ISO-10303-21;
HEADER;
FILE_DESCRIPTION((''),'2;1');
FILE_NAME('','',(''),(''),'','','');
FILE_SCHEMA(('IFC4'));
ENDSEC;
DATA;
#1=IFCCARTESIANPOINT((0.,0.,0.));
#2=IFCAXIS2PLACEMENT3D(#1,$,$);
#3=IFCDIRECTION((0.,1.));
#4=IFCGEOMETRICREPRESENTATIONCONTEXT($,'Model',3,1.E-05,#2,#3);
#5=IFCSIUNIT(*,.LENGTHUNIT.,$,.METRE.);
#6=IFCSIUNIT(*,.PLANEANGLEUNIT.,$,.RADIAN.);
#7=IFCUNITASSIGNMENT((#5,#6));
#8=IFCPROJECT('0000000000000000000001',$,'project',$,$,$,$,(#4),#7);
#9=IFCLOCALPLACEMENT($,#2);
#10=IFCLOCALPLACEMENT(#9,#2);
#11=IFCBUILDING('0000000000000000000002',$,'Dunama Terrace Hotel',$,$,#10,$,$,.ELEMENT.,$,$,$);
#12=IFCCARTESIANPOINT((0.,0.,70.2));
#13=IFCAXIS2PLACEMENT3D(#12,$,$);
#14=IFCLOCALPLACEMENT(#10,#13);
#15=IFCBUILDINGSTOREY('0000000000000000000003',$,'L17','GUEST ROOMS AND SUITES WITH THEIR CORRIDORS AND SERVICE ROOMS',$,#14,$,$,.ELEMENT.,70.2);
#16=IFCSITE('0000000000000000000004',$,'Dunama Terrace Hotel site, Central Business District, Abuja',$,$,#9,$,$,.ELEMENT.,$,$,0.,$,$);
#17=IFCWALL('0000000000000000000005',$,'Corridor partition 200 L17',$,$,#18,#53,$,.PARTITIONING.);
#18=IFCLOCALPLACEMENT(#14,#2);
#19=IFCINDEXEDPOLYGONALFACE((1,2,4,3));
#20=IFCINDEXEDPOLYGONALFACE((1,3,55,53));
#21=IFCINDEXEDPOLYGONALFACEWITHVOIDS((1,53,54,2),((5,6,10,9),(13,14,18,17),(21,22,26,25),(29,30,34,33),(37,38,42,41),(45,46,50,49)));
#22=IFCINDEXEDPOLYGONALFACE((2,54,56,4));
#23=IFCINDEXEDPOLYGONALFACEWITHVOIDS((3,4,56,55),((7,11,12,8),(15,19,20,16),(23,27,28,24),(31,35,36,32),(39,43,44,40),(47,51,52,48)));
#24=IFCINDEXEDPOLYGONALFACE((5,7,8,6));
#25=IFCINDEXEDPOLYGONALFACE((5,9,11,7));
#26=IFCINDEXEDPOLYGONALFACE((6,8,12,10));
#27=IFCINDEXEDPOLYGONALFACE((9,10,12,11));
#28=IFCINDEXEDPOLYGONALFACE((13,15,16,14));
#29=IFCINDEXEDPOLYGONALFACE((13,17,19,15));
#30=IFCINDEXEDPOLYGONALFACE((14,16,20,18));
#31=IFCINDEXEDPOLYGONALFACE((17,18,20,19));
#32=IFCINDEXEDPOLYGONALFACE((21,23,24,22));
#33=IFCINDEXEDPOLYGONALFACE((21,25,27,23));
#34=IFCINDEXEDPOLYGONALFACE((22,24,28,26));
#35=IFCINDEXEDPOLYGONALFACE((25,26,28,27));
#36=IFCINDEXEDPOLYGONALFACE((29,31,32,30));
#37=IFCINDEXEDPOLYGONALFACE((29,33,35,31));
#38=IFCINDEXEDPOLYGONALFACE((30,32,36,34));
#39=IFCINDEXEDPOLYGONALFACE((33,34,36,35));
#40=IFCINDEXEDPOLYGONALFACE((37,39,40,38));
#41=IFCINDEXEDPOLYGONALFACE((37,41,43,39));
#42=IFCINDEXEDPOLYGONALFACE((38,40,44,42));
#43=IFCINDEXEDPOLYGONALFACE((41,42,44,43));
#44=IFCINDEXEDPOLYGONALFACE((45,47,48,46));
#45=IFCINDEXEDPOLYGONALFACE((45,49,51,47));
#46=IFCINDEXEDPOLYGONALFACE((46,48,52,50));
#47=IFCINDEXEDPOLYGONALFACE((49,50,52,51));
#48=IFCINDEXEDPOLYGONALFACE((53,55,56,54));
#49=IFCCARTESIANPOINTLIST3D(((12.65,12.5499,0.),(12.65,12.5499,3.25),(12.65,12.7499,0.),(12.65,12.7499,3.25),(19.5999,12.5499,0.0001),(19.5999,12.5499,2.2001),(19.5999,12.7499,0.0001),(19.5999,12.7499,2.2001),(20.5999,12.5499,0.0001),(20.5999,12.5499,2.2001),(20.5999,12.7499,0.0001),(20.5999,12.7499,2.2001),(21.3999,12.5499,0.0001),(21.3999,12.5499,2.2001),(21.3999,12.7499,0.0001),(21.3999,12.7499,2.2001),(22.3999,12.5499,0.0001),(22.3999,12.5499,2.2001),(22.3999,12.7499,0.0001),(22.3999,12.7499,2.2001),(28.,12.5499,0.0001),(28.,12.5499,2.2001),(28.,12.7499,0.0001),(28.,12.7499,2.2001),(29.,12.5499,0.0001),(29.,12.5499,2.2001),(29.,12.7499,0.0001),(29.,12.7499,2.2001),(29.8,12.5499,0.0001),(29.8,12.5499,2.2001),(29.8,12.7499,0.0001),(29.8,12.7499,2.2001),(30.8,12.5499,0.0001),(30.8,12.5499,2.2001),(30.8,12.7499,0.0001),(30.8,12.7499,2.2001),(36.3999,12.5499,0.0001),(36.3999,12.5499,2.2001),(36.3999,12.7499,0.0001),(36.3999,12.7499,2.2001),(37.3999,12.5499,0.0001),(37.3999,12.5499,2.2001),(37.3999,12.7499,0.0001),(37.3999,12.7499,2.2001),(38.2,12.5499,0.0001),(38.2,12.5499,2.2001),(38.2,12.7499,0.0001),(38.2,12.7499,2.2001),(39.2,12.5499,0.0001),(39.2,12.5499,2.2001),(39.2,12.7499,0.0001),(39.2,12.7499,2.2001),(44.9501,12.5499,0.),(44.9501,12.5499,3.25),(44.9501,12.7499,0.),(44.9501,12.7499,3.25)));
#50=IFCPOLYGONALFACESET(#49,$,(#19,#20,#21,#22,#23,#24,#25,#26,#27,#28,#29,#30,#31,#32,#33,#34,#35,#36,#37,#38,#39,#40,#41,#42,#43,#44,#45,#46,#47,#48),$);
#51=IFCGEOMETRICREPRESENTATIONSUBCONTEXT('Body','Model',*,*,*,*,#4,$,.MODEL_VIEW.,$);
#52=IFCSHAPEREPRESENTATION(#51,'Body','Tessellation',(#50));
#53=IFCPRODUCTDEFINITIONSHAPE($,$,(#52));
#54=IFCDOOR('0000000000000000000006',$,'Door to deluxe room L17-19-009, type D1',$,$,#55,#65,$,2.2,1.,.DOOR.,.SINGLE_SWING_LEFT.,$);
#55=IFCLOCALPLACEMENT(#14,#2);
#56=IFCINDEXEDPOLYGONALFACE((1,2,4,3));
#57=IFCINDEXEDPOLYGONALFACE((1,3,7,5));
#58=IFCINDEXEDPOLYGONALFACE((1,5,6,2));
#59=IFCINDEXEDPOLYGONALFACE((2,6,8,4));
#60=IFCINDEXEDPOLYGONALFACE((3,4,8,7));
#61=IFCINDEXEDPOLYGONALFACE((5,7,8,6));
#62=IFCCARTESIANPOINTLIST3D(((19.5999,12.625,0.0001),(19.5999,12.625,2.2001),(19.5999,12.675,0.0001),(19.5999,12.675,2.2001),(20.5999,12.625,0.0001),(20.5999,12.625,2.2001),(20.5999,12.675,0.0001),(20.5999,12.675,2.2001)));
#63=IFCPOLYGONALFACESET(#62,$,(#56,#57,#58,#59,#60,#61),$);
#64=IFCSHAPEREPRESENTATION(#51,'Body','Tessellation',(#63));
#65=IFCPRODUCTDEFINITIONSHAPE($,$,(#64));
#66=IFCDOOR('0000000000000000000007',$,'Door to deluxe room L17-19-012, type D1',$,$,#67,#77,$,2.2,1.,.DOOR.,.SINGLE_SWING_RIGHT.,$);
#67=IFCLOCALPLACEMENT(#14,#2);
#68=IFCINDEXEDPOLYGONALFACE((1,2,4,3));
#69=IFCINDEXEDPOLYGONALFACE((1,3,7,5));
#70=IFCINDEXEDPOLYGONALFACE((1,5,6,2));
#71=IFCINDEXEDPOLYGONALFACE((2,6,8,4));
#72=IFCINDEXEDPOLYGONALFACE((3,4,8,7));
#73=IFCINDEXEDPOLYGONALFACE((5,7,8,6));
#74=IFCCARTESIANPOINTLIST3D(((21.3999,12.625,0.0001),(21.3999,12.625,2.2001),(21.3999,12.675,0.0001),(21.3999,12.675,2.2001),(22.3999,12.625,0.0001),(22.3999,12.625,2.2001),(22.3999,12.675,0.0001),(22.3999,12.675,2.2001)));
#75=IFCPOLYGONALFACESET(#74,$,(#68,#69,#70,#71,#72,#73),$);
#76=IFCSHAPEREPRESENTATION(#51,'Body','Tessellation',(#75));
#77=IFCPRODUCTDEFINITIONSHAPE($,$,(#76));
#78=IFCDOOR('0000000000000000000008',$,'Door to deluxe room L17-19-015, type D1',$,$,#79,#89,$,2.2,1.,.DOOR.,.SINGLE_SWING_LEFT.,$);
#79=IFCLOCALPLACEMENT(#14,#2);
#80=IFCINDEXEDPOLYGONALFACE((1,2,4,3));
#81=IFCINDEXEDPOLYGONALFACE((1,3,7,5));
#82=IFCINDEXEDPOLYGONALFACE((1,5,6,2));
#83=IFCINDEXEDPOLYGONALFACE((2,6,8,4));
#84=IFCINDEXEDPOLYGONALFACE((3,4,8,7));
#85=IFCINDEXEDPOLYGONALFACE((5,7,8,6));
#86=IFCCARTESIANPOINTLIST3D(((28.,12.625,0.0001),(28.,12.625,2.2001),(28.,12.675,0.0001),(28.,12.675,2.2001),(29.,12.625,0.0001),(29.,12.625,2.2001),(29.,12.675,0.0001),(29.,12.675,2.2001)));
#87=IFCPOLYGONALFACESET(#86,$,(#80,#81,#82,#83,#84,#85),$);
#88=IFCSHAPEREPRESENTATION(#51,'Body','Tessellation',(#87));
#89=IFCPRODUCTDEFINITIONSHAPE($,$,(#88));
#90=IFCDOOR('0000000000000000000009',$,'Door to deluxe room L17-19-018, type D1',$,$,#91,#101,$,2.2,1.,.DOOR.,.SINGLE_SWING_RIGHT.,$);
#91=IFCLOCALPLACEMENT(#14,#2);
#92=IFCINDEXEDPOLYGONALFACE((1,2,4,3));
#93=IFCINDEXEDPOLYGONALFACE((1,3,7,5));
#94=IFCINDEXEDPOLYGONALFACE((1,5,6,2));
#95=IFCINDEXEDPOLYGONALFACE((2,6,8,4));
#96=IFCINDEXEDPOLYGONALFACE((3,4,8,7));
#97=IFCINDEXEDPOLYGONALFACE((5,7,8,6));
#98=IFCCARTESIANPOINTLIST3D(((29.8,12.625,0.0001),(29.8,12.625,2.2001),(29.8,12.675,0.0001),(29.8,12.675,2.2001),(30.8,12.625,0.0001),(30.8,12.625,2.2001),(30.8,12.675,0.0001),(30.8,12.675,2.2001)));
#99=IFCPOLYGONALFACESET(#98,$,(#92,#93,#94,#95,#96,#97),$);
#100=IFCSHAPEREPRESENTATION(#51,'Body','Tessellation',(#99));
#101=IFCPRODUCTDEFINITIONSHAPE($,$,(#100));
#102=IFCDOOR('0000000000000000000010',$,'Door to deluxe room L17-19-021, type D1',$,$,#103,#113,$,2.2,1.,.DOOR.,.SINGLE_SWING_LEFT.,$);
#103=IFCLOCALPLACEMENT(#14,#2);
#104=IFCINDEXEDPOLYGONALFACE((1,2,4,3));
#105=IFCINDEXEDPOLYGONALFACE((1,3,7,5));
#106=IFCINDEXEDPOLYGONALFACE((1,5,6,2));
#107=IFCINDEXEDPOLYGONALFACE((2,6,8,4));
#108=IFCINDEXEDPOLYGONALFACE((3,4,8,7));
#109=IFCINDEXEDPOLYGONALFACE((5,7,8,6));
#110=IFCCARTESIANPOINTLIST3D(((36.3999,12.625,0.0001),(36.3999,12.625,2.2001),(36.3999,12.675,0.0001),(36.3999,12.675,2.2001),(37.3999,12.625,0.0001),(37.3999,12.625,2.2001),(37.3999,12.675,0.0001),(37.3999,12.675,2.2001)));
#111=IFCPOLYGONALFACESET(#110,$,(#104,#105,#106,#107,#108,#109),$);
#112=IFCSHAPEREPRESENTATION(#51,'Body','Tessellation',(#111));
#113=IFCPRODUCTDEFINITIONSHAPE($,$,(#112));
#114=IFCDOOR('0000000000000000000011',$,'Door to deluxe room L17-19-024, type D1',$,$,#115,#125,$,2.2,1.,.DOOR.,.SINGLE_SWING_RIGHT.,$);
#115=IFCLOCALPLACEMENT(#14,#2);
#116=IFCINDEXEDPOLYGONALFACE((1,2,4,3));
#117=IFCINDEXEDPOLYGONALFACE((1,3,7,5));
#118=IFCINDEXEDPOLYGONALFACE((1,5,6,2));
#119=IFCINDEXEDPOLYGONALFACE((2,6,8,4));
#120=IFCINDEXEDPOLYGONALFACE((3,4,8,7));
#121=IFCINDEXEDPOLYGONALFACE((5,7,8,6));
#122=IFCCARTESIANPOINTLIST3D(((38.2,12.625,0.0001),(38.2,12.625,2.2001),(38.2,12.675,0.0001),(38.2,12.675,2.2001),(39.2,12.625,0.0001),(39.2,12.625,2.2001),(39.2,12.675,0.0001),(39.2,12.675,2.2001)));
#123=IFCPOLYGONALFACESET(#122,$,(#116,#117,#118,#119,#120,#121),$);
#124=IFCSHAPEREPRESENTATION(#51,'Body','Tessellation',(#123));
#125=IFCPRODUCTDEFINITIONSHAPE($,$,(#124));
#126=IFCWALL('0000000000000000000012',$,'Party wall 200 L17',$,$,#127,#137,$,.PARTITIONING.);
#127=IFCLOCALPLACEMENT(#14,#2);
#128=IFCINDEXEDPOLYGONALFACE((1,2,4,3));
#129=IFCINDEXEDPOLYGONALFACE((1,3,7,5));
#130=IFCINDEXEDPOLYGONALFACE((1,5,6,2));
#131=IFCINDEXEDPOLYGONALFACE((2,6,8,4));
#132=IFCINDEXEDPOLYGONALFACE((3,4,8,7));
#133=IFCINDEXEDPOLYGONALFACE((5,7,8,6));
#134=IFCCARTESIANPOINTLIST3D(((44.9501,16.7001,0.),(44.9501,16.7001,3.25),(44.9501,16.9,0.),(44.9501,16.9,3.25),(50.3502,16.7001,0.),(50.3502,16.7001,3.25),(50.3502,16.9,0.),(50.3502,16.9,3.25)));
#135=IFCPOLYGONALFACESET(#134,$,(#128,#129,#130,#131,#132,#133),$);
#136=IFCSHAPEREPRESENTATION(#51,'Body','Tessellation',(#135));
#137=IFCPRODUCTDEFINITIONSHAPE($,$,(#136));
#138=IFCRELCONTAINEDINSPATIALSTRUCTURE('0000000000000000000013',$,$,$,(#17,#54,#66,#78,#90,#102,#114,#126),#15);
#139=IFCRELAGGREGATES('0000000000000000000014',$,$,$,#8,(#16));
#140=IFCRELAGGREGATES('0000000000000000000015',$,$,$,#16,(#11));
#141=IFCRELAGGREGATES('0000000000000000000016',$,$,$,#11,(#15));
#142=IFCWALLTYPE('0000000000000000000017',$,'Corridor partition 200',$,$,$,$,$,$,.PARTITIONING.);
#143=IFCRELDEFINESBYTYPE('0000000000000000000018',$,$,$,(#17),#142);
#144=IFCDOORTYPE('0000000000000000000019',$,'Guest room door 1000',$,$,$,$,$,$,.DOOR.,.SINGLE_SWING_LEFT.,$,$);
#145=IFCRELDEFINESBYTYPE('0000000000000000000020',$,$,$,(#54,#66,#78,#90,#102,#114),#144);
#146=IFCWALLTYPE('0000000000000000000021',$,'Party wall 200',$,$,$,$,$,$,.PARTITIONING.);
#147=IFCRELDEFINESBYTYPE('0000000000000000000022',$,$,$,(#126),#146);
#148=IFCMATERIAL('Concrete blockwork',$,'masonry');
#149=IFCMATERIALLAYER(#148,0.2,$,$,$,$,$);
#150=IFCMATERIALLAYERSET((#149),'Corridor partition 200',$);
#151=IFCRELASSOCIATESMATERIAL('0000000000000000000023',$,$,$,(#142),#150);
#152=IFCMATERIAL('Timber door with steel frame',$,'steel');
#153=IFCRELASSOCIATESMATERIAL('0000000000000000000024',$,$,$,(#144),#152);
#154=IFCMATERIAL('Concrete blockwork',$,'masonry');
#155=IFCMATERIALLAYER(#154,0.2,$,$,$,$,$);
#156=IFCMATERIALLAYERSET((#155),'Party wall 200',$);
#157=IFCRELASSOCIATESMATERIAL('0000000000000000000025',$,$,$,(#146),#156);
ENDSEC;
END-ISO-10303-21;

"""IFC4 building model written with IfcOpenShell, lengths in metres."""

from ifc_helpers import new_model, si_unit, direction, frame, frame_2d, origin, place, context, subcontext, project, spatial, rectangle, extrude, material, layer, layer_set, type_object, element, fill, save


model = new_model("IFC4")

# Units and contexts
model_context = context("Model", 3, precision=1e-05, world=origin(), true_north=direction((0.0, 1.0)))
body_context = subcontext(model_context, "Body", "Model", "MODEL_VIEW")
ifc_project = project(units=[si_unit("LENGTHUNIT", "METRE"), si_unit("PLANEANGLEUNIT", "RADIAN")], contexts=[model_context])

# Site, building, storey
site_placement = place(None, origin())
site = spatial("IfcSite", under=ifc_project, at=site_placement, Name="Dunama Terrace Hotel site, Central Business District, Abuja", CompositionType="ELEMENT", RefElevation=0.0)
building_placement = place(site_placement, origin())
building = spatial("IfcBuilding", under=site, at=building_placement, Name="Dunama Terrace Hotel", CompositionType="ELEMENT")
storey_placement = place(building_placement, frame((0.0, 0.0, 70.2)))
storey = spatial("IfcBuildingStorey", under=building, at=storey_placement, Name="L17", Description="GUEST ROOMS AND SUITES WITH THEIR CORRIDORS AND SERVICE ROOMS", CompositionType="ELEMENT", Elevation=70.2)

# Wall, openings, doors
ifc_material_1 = material(Name="Concrete blockwork", Category="masonry")
ifc_layer_1 = layer(ifc_material_1, 0.2)
ifc_layer_set_1 = layer_set([ifc_layer_1], Name="Corridor partition 200")
wall_type_1 = type_object("IfcWallType", Name="Corridor partition 200", PredefinedType="PARTITIONING", material=ifc_layer_set_1)
wall_1_placement = place(storey_placement, frame((44.95, 12.6499, 0.0), z_axis=(0.0, 0.0, 1.0), x_axis=(-1.0, 0.0, 0.0)))
wall_1 = element("IfcWall", 1, at=wall_1_placement, inside=storey, type_object=wall_type_1, Name="Corridor partition 200 L17", PredefinedType="PARTITIONING", context=body_context, shape_type="SweptSolid", body=[
    extrude(rectangle(XDim=32.3, YDim=0.2, at=frame_2d((16.1499, 0.0))), origin(), (0.0, 0.0, 1.0), 3.25),
])
opening_1_placement = place(wall_1_placement, frame((24.3501, 0.0, 0.0)))
opening_1 = element("IfcOpeningElement", 2, at=opening_1_placement, cuts=wall_1, PredefinedType="OPENING", context=body_context, shape_type="SweptSolid", body=[
    extrude(rectangle(XDim=1.0, YDim=2.2, at=frame_2d((0.5, 1.1001))), frame((0.0, 0.1099, 0.0), z_axis=(0.0, -1.0, 0.0), x_axis=(1.0, 0.0, 0.0)), (0.0, 0.0, 1.0), 0.22),
])
opening_2_placement = place(wall_1_placement, frame((22.55, 0.0, 0.0)))
opening_2 = element("IfcOpeningElement", 3, at=opening_2_placement, cuts=wall_1, PredefinedType="OPENING", context=body_context, shape_type="SweptSolid", body=[
    extrude(rectangle(XDim=1.0, YDim=2.2, at=frame_2d((0.5, 1.1001))), frame((0.0, 0.1099, 0.0), z_axis=(0.0, -1.0, 0.0), x_axis=(1.0, 0.0, 0.0)), (0.0, 0.0, 1.0), 0.22),
])
opening_3_placement = place(wall_1_placement, frame((15.95, 0.0, 0.0)))
opening_3 = element("IfcOpeningElement", 4, at=opening_3_placement, cuts=wall_1, PredefinedType="OPENING", context=body_context, shape_type="SweptSolid", body=[
    extrude(rectangle(XDim=1.0, YDim=2.2, at=frame_2d((0.5, 1.1001))), frame((0.0, 0.1099, 0.0), z_axis=(0.0, -1.0, 0.0), x_axis=(1.0, 0.0, 0.0)), (0.0, 0.0, 1.0), 0.22),
])
opening_4_placement = place(wall_1_placement, frame((14.1499, 0.0, 0.0)))
opening_4 = element("IfcOpeningElement", 5, at=opening_4_placement, cuts=wall_1, PredefinedType="OPENING", context=body_context, shape_type="SweptSolid", body=[
    extrude(rectangle(XDim=1.0, YDim=2.2, at=frame_2d((0.5, 1.1001))), frame((0.0, 0.1099, 0.0), z_axis=(0.0, -1.0, 0.0), x_axis=(1.0, 0.0, 0.0)), (0.0, 0.0, 1.0), 0.22),
])
opening_5_placement = place(wall_1_placement, frame((7.55, 0.0, 0.0)))
opening_5 = element("IfcOpeningElement", 6, at=opening_5_placement, cuts=wall_1, PredefinedType="OPENING", context=body_context, shape_type="SweptSolid", body=[
    extrude(rectangle(XDim=1.0, YDim=2.2, at=frame_2d((0.5, 1.1001))), frame((0.0, 0.1099, 0.0), z_axis=(0.0, -1.0, 0.0), x_axis=(1.0, 0.0, 0.0)), (0.0, 0.0, 1.0), 0.22),
])
opening_6_placement = place(wall_1_placement, frame((5.75, 0.0, 0.0)))
opening_6 = element("IfcOpeningElement", 7, at=opening_6_placement, cuts=wall_1, PredefinedType="OPENING", context=body_context, shape_type="SweptSolid", body=[
    extrude(rectangle(XDim=1.0, YDim=2.2, at=frame_2d((0.5, 1.1001))), frame((0.0, 0.1099, 0.0), z_axis=(0.0, -1.0, 0.0), x_axis=(1.0, 0.0, 0.0)), (0.0, 0.0, 1.0), 0.22),
])
ifc_material_2 = material(Name="Timber door with steel frame", Category="steel")
door_type_1 = type_object("IfcDoorType", Name="Guest room door 1000", OperationType="SINGLE_SWING_LEFT", PredefinedType="DOOR", material=ifc_material_2)
door_1_placement = place(opening_1_placement, origin())
door_1 = element("IfcDoor", 8, at=door_1_placement, inside=storey, type_object=door_type_1, Name="Door to deluxe room L17-19-009, type D1", OperationType="SINGLE_SWING_LEFT", OverallHeight=2.2, OverallWidth=1.0, PredefinedType="DOOR", context=body_context, shape_type="SweptSolid", body=[
    extrude(rectangle(XDim=1.0, YDim=2.2, at=frame_2d((0.5, 1.1001))), frame((0.0, 0.0249, 0.0), z_axis=(0.0, -1.0, 0.0), x_axis=(1.0, 0.0, 0.0)), (0.0, 0.0, 1.0), 0.05),
])
fill(opening_1, door_1)
door_2_placement = place(opening_2_placement, origin())
door_2 = element("IfcDoor", 9, at=door_2_placement, inside=storey, type_object=door_type_1, Name="Door to deluxe room L17-19-012, type D1", OperationType="SINGLE_SWING_RIGHT", OverallHeight=2.2, OverallWidth=1.0, PredefinedType="DOOR", context=body_context, shape_type="SweptSolid", body=[
    extrude(rectangle(XDim=1.0, YDim=2.2, at=frame_2d((0.5, 1.1001))), frame((0.0, 0.0249, 0.0), z_axis=(0.0, -1.0, 0.0), x_axis=(1.0, 0.0, 0.0)), (0.0, 0.0, 1.0), 0.05),
])
fill(opening_2, door_2)
door_3_placement = place(opening_3_placement, origin())
door_3 = element("IfcDoor", 10, at=door_3_placement, inside=storey, type_object=door_type_1, Name="Door to deluxe room L17-19-015, type D1", OperationType="SINGLE_SWING_LEFT", OverallHeight=2.2, OverallWidth=1.0, PredefinedType="DOOR", context=body_context, shape_type="SweptSolid", body=[
    extrude(rectangle(XDim=1.0, YDim=2.2, at=frame_2d((0.5, 1.1001))), frame((0.0, 0.0249, 0.0), z_axis=(0.0, -1.0, 0.0), x_axis=(1.0, 0.0, 0.0)), (0.0, 0.0, 1.0), 0.05),
])
fill(opening_3, door_3)
door_4_placement = place(opening_4_placement, origin())
door_4 = element("IfcDoor", 11, at=door_4_placement, inside=storey, type_object=door_type_1, Name="Door to deluxe room L17-19-018, type D1", OperationType="SINGLE_SWING_RIGHT", OverallHeight=2.2, OverallWidth=1.0, PredefinedType="DOOR", context=body_context, shape_type="SweptSolid", body=[
    extrude(rectangle(XDim=1.0, YDim=2.2, at=frame_2d((0.5, 1.1001))), frame((0.0, 0.0249, 0.0), z_axis=(0.0, -1.0, 0.0), x_axis=(1.0, 0.0, 0.0)), (0.0, 0.0, 1.0), 0.05),
])
fill(opening_4, door_4)
door_5_placement = place(opening_5_placement, origin())
door_5 = element("IfcDoor", 12, at=door_5_placement, inside=storey, type_object=door_type_1, Name="Door to deluxe room L17-19-021, type D1", OperationType="SINGLE_SWING_LEFT", OverallHeight=2.2, OverallWidth=1.0, PredefinedType="DOOR", context=body_context, shape_type="SweptSolid", body=[
    extrude(rectangle(XDim=1.0, YDim=2.2, at=frame_2d((0.5, 1.1001))), frame((0.0, 0.0249, 0.0), z_axis=(0.0, -1.0, 0.0), x_axis=(1.0, 0.0, 0.0)), (0.0, 0.0, 1.0), 0.05),
])
fill(opening_5, door_5)
door_6_placement = place(opening_6_placement, origin())
door_6 = element("IfcDoor", 13, at=door_6_placement, inside=storey, type_object=door_type_1, Name="Door to deluxe room L17-19-024, type D1", OperationType="SINGLE_SWING_RIGHT", OverallHeight=2.2, OverallWidth=1.0, PredefinedType="DOOR", context=body_context, shape_type="SweptSolid", body=[
    extrude(rectangle(XDim=1.0, YDim=2.2, at=frame_2d((0.5, 1.1001))), frame((0.0, 0.0249, 0.0), z_axis=(0.0, -1.0, 0.0), x_axis=(1.0, 0.0, 0.0)), (0.0, 0.0, 1.0), 0.05),
])
fill(opening_6, door_6)

# Wall
ifc_material_3 = material(Name="Concrete blockwork", Category="masonry")
ifc_layer_2 = layer(ifc_material_3, 0.2)
ifc_layer_set_2 = layer_set([ifc_layer_2], Name="Party wall 200")
wall_type_2 = type_object("IfcWallType", Name="Party wall 200", PredefinedType="PARTITIONING", material=ifc_layer_set_2)
wall_2_placement = place(storey_placement, frame((44.95, 16.8, 0.0), z_axis=(0.0, 0.0, 1.0), x_axis=(1.0, 0.0, 0.0)))
element("IfcWall", 14, at=wall_2_placement, inside=storey, type_object=wall_type_2, Name="Party wall 200 L17", PredefinedType="PARTITIONING", context=body_context, shape_type="SweptSolid", body=[
    extrude(rectangle(XDim=5.4001, YDim=0.2, at=frame_2d((2.7002, 0.0))), origin(), (0.0, 0.0, 1.0), 3.25),
])

save(model, "model.ifc")
